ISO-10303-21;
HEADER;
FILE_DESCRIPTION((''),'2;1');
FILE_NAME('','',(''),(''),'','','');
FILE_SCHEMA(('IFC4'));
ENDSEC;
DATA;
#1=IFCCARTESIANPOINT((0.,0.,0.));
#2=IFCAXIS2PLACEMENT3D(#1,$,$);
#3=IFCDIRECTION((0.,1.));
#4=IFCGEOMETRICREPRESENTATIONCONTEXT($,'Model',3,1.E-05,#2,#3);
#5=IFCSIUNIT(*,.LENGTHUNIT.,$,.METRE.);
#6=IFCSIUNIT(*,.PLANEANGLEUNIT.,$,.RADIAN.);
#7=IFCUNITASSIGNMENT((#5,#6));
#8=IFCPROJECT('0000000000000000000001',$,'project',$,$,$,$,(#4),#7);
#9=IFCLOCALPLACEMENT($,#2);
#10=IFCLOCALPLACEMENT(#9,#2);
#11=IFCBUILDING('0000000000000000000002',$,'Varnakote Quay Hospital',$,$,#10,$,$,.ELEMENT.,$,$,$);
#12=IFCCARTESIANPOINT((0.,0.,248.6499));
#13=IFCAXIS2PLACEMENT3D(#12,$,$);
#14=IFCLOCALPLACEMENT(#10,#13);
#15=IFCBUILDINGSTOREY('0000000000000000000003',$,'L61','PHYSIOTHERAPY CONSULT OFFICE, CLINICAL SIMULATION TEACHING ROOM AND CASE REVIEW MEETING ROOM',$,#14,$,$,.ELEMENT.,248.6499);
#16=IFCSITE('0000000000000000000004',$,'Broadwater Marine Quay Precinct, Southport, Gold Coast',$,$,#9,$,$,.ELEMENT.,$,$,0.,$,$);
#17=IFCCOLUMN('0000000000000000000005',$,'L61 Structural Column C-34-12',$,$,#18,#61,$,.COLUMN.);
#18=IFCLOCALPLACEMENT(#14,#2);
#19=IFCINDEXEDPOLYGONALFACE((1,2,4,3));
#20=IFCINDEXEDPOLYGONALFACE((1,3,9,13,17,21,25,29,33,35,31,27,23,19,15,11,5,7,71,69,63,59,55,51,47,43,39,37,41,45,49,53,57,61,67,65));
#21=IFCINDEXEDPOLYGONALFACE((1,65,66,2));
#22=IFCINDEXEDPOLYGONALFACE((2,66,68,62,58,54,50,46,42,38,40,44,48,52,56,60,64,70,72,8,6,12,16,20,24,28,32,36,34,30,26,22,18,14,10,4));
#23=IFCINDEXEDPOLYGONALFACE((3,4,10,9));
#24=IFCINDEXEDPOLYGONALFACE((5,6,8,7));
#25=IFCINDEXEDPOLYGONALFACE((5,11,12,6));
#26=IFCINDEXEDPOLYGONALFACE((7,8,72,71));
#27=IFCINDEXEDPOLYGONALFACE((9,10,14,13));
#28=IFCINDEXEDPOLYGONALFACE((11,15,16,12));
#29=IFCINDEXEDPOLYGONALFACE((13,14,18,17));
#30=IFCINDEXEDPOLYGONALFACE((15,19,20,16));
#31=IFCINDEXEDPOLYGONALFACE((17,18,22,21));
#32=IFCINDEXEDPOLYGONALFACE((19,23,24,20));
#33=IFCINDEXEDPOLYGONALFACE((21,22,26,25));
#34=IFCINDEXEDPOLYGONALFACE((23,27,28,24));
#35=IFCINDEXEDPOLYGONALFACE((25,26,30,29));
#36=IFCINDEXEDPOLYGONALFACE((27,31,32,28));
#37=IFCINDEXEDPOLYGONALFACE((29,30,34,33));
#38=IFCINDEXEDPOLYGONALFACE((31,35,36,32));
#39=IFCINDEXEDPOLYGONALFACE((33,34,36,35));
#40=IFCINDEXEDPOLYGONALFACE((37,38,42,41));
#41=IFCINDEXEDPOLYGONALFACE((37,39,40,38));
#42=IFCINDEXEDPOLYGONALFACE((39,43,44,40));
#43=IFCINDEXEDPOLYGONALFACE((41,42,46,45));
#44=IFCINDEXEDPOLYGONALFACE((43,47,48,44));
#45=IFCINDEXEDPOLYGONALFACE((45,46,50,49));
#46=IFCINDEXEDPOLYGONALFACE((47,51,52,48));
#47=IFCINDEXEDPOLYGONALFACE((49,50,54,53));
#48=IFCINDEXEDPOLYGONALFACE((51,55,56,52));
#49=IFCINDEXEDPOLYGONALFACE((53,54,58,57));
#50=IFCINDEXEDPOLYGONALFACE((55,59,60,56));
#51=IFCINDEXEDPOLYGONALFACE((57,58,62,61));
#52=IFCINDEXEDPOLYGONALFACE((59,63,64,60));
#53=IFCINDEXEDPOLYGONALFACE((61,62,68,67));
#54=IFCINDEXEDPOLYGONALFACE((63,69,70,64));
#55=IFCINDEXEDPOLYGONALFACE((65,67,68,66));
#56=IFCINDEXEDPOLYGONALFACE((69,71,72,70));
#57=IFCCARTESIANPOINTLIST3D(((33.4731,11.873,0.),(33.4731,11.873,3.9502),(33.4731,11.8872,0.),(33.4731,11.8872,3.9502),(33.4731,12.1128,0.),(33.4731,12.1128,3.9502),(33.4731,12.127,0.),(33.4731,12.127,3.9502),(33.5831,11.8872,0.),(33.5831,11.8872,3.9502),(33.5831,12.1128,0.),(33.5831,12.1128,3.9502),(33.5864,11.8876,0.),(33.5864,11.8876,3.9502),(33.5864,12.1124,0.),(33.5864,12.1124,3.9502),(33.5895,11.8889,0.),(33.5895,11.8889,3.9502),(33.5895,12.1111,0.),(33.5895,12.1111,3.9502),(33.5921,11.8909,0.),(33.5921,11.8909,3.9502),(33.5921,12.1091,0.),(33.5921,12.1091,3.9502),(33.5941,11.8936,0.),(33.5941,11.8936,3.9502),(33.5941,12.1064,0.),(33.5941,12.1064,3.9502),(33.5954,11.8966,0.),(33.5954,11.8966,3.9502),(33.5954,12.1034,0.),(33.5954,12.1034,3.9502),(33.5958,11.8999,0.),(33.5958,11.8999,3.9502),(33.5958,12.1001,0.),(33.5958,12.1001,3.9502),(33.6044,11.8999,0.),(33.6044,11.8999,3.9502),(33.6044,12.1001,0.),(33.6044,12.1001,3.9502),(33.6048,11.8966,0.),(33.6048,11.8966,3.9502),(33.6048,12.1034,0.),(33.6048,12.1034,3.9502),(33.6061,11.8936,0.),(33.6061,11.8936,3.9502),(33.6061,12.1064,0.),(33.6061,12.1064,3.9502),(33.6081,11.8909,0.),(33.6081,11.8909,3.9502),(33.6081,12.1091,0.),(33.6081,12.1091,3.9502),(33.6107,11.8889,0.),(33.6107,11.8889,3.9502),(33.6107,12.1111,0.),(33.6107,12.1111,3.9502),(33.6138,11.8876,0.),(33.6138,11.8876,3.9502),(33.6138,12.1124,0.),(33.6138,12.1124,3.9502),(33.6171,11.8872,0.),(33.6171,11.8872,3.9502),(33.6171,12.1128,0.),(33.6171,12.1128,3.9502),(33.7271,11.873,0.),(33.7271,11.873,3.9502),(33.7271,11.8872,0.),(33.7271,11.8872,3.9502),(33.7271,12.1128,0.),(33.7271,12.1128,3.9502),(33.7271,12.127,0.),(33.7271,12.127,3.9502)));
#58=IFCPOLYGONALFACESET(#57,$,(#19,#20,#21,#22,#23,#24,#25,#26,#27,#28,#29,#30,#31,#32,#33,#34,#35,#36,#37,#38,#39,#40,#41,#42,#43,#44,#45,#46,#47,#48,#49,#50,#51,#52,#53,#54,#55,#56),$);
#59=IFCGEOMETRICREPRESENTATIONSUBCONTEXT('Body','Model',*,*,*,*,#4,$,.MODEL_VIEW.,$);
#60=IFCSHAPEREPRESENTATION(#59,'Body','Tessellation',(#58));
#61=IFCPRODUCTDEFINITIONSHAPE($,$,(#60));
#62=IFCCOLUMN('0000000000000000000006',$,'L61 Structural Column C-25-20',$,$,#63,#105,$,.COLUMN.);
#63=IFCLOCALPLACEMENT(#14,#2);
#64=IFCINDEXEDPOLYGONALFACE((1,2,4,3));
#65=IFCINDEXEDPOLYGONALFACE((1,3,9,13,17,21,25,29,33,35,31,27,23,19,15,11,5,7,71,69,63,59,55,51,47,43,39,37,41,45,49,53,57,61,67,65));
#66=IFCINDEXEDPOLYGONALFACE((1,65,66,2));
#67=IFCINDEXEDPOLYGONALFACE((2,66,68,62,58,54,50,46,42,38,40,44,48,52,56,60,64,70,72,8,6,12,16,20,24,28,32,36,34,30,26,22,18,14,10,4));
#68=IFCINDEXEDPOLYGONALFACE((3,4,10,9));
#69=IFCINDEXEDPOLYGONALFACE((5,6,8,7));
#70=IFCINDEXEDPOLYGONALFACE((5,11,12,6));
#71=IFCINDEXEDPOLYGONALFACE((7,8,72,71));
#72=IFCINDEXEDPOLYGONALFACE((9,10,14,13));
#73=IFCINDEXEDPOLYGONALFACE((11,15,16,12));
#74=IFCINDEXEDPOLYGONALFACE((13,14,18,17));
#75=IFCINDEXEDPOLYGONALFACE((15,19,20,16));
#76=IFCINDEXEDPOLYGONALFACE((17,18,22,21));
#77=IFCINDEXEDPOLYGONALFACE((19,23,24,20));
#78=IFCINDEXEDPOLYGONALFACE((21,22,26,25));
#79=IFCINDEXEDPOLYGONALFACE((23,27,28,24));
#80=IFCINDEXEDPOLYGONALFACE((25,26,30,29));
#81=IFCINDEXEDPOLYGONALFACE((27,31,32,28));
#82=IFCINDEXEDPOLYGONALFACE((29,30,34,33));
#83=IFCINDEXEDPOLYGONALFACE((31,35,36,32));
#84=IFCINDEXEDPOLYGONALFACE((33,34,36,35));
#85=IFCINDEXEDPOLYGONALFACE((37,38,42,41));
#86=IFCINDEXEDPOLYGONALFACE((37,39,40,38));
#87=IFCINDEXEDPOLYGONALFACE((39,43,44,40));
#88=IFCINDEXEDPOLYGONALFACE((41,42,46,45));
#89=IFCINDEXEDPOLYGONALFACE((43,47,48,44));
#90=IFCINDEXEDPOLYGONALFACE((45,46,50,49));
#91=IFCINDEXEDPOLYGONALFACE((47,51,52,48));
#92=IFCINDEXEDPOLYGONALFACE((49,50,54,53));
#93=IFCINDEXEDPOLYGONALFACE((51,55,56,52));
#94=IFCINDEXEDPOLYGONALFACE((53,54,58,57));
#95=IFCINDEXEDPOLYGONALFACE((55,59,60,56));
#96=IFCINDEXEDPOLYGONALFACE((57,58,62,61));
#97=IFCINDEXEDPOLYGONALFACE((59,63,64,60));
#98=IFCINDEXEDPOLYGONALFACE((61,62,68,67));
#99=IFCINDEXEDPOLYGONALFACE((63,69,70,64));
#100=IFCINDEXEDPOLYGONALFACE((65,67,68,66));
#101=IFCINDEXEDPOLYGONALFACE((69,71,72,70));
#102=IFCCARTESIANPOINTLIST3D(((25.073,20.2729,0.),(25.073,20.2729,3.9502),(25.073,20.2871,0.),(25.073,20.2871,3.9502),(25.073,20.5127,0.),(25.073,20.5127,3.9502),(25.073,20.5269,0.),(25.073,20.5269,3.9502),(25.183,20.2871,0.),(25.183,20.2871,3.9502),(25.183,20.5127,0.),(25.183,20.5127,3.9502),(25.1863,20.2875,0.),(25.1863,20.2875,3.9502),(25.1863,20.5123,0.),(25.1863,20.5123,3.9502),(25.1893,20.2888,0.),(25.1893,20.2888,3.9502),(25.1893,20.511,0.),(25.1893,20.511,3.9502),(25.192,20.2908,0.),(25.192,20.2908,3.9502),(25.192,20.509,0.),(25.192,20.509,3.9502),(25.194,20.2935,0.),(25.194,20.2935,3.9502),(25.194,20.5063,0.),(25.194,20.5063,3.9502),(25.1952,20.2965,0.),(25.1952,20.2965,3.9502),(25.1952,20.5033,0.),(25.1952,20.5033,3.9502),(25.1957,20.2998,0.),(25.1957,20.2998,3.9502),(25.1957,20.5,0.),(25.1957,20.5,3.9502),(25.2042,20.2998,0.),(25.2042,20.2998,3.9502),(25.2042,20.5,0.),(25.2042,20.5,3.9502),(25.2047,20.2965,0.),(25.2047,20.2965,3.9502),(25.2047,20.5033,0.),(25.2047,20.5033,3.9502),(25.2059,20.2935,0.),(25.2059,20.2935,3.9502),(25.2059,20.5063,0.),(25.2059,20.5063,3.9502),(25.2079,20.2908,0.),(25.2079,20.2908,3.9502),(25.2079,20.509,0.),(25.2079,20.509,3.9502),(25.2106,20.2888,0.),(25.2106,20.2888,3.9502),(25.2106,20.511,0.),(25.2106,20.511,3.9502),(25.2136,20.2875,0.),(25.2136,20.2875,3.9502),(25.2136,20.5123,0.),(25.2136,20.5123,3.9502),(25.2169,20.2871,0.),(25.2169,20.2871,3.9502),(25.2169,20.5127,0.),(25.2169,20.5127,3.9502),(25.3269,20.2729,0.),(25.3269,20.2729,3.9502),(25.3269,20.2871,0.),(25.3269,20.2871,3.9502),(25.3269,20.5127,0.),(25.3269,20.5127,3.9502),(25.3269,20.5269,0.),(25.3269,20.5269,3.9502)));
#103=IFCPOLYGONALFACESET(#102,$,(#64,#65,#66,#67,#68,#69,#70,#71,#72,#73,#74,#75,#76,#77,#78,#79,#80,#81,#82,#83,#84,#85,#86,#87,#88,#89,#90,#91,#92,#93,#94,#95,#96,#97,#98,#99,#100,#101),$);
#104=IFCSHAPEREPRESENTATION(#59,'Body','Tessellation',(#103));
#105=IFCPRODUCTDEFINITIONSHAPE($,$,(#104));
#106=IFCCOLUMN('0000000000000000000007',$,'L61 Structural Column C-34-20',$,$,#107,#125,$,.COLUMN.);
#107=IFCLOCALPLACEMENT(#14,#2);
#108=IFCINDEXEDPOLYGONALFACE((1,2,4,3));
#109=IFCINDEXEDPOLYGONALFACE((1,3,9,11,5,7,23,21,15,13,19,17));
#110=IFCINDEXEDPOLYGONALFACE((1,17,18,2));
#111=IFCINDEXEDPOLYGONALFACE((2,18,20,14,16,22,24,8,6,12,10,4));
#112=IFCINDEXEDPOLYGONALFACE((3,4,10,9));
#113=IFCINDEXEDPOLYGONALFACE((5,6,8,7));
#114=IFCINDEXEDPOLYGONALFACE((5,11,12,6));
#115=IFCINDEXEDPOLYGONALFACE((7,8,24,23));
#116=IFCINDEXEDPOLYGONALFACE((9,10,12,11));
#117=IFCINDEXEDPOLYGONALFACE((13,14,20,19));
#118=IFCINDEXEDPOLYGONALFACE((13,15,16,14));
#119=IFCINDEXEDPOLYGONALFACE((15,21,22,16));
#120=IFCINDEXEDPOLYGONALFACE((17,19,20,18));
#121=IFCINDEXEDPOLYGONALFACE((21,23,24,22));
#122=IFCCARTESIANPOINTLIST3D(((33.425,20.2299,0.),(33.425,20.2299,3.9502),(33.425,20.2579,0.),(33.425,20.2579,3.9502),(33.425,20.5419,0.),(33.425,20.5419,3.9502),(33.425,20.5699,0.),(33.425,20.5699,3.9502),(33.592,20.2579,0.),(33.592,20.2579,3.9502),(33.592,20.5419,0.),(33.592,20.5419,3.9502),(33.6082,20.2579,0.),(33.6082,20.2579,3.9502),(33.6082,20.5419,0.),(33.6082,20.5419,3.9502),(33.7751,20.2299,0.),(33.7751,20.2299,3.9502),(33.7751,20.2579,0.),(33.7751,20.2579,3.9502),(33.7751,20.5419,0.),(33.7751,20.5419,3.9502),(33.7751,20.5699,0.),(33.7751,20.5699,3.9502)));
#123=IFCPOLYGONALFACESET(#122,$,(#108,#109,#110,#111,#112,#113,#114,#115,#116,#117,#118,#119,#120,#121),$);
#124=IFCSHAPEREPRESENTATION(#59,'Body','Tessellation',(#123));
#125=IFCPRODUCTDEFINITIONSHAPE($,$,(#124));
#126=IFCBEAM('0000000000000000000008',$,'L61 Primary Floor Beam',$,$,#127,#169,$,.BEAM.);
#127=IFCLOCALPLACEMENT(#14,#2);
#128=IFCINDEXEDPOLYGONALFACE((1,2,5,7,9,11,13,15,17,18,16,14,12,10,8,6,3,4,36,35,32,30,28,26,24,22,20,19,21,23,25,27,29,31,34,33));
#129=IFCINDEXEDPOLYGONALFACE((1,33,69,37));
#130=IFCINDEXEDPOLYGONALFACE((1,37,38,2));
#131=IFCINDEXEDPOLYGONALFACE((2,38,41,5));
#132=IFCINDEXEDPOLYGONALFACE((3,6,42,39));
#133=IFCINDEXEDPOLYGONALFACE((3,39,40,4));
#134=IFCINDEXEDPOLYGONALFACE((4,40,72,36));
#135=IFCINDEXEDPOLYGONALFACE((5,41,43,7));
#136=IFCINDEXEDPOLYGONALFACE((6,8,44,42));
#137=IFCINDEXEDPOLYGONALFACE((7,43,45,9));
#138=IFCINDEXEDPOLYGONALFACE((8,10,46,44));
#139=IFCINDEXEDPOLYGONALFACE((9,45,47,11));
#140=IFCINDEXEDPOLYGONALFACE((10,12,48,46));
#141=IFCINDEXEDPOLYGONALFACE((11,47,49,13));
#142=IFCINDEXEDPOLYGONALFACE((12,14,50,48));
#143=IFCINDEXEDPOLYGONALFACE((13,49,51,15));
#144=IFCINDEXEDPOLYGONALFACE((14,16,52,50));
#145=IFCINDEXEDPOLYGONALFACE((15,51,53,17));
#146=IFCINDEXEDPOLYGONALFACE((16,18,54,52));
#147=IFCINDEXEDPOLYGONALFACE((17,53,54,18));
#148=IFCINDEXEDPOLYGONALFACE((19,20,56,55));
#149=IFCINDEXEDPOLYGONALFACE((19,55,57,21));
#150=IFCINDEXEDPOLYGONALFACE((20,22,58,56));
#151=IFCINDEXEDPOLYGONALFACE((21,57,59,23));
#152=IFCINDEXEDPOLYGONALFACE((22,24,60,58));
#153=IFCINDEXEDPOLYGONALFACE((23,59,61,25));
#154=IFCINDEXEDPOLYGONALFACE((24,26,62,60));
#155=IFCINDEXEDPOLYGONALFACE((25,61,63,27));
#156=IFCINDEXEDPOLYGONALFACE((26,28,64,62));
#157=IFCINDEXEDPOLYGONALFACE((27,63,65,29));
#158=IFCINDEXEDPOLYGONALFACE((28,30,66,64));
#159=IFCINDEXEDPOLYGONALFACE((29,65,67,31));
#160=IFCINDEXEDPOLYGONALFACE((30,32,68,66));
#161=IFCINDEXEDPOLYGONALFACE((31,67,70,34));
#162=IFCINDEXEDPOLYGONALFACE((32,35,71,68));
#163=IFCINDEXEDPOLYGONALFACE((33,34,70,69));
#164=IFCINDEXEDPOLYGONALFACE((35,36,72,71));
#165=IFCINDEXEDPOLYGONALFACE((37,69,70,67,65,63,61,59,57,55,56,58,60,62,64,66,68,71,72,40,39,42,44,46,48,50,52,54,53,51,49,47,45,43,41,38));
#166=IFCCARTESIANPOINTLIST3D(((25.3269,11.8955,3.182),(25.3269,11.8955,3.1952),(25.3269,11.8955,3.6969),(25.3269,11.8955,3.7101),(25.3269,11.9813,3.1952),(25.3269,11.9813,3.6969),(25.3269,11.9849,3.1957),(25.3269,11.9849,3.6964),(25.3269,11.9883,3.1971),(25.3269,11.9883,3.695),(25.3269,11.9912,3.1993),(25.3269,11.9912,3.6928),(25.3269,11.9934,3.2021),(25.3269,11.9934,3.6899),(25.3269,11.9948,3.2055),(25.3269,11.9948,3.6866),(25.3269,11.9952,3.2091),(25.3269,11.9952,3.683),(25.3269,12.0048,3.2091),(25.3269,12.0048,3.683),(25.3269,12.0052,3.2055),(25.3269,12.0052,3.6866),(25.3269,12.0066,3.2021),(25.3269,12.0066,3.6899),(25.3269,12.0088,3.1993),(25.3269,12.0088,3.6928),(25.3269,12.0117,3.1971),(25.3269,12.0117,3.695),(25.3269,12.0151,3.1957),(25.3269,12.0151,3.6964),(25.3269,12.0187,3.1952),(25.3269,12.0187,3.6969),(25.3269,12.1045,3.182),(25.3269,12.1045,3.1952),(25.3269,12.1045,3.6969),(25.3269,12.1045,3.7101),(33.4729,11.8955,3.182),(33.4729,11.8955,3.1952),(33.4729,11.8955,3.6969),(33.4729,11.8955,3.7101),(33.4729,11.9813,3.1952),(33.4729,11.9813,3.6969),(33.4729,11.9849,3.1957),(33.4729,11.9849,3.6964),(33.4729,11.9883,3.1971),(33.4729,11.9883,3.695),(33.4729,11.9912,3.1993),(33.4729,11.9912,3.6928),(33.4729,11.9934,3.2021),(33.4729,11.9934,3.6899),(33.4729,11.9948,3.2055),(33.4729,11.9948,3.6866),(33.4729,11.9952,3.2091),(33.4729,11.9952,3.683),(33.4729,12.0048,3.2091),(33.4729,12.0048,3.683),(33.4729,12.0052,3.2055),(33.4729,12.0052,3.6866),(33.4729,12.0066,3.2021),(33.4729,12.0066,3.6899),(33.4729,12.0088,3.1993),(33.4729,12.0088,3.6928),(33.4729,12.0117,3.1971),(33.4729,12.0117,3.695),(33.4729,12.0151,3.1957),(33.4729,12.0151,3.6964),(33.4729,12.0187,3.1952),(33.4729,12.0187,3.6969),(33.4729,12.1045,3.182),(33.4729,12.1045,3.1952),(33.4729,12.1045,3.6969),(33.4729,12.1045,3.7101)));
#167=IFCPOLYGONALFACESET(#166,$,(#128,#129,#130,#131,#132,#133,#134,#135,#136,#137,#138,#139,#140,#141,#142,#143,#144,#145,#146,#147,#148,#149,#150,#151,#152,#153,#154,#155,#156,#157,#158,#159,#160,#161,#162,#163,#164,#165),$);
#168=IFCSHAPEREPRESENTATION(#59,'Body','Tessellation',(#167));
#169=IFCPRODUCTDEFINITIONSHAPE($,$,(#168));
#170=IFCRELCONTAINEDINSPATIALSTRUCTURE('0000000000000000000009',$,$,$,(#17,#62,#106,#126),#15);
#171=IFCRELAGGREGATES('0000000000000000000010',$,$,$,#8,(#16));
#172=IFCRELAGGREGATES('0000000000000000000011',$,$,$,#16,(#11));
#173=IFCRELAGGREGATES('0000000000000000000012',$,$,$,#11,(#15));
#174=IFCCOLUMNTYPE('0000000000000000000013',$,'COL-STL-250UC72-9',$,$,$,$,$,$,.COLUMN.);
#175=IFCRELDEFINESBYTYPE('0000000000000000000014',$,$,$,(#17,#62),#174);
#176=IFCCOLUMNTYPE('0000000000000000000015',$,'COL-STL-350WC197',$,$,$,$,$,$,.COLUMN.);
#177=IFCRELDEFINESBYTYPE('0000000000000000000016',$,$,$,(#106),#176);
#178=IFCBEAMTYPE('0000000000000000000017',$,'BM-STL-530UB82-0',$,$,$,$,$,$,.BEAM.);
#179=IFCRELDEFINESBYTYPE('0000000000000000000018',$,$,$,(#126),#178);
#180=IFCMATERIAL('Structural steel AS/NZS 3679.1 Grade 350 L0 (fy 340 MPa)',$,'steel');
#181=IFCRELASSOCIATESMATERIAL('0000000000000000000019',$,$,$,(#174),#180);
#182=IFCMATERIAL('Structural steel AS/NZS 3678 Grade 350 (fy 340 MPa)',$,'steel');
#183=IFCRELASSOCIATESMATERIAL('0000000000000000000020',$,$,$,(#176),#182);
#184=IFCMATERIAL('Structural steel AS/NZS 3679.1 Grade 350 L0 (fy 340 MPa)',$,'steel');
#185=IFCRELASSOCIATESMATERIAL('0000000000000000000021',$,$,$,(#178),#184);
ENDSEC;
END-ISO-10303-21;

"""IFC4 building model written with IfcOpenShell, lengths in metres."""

from ifc_helpers import new_model, si_unit, direction, frame, origin, origin_2d, place, context, subcontext, project, spatial, i_section, extrude, material, material_profile, profile_set, type_object, element, save


model = new_model("IFC4")

# Units and contexts
model_context = context("Model", 3, precision=1e-05, world=origin(), true_north=direction((0.0, 1.0)))
body_context = subcontext(model_context, "Body", "Model", "MODEL_VIEW")
ifc_project = project(units=[si_unit("LENGTHUNIT", "METRE"), si_unit("PLANEANGLEUNIT", "RADIAN")], contexts=[model_context])

# Site, building, storey
site_placement = place(None, origin())
site = spatial("IfcSite", under=ifc_project, at=site_placement, Name="Broadwater Marine Quay Precinct, Southport, Gold Coast", CompositionType="ELEMENT", RefElevation=0.0)
building_placement = place(site_placement, origin())
building = spatial("IfcBuilding", under=site, at=building_placement, Name="Varnakote Quay Hospital", CompositionType="ELEMENT")
storey_placement = place(building_placement, frame((0.0, 0.0, 248.6499)))
storey = spatial("IfcBuildingStorey", under=building, at=storey_placement, Name="L61", Description="PHYSIOTHERAPY CONSULT OFFICE, CLINICAL SIMULATION TEACHING ROOM AND CASE REVIEW MEETING ROOM", CompositionType="ELEMENT", Elevation=248.6499)

# Columns
ifc_material_1 = material(Name="Structural steel AS/NZS 3679.1 Grade 350 L0 (fy 340 MPa)", Category="steel")
ifc_material_profile_1 = material_profile(ifc_material_1, i_section(OverallWidth=0.2539, OverallDepth=0.2539, WebThickness=0.0085, FlangeThickness=0.0142, FilletRadius=0.0127, at=origin_2d()), Name="250UC72.9")
ifc_profile_set_1 = profile_set([ifc_material_profile_1], Name="Structural steel AS/NZS 3679.1 Grade 350 L0 (fy 340 MPa)")
column_type_1 = type_object("IfcColumnType", Name="COL-STL-250UC72-9", PredefinedType="COLUMN", material=ifc_profile_set_1)
for number, where, z_axis, x_axis, name in (
    (1, (33.6001, 12.0, 0.0), (0.0, 0.0, 1.0), (1.0, 0.0, 0.0), "L61 Structural Column C-34-12"),
    (2, (25.2, 20.3999, 0.0), (0.0, 0.0, 1.0), (1.0, 0.0, 0.0), "L61 Structural Column C-25-20"),
):
    element("IfcColumn", number, at=place(storey_placement, frame(where, z_axis=z_axis, x_axis=x_axis)), inside=storey, type_object=column_type_1, Name=name, PredefinedType="COLUMN", context=body_context, shape_type="SweptSolid", body=[
        extrude(i_section(OverallWidth=0.2539, OverallDepth=0.2539, WebThickness=0.0085, FlangeThickness=0.0142, FilletRadius=0.0127, at=origin_2d()), origin(), (0.0, 0.0, 1.0), 3.9502),
    ])
ifc_material_2 = material(Name="Structural steel AS/NZS 3678 Grade 350 (fy 340 MPa)", Category="steel")
ifc_material_profile_2 = material_profile(ifc_material_2, i_section(OverallWidth=0.3501, OverallDepth=0.3401, WebThickness=0.0161, FlangeThickness=0.0281, at=origin_2d()), Name="350WC197")
ifc_profile_set_2 = profile_set([ifc_material_profile_2], Name="Structural steel AS/NZS 3678 Grade 350 (fy 340 MPa)")
column_type_2 = type_object("IfcColumnType", Name="COL-STL-350WC197", PredefinedType="COLUMN", material=ifc_profile_set_2)
column_placement = place(storey_placement, frame((33.6001, 20.3999, 0.0), z_axis=(0.0, 0.0, 1.0), x_axis=(1.0, 0.0, 0.0)))
element("IfcColumn", 3, at=column_placement, inside=storey, type_object=column_type_2, Name="L61 Structural Column C-34-20", PredefinedType="COLUMN", context=body_context, shape_type="SweptSolid", body=[
    extrude(i_section(OverallWidth=0.3501, OverallDepth=0.3401, WebThickness=0.0161, FlangeThickness=0.0281, at=origin_2d()), origin(), (0.0, 0.0, 1.0), 3.9502),
])

# Beam
ifc_material_3 = material(Name="Structural steel AS/NZS 3679.1 Grade 350 L0 (fy 340 MPa)", Category="steel")
ifc_material_profile_3 = material_profile(ifc_material_3, i_section(OverallWidth=0.209, OverallDepth=0.5281, WebThickness=0.0095, FlangeThickness=0.0132, FilletRadius=0.0139, at=origin_2d()), Name="530UB82.0")
ifc_profile_set_3 = profile_set([ifc_material_profile_3], Name="Structural steel AS/NZS 3679.1 Grade 350 L0 (fy 340 MPa)")
beam_type_1 = type_object("IfcBeamType", Name="BM-STL-530UB82-0", PredefinedType="BEAM", material=ifc_profile_set_3)
beam_1_placement = place(storey_placement, frame((25.3269, 12.0, 3.446), z_axis=(1.0, 0.0, 0.0), x_axis=(0.0, 1.0, 0.0)))
element("IfcBeam", 4, at=beam_1_placement, inside=storey, type_object=beam_type_1, Name="L61 Primary Floor Beam", PredefinedType="BEAM", context=body_context, shape_type="SweptSolid", body=[
    extrude(i_section(OverallWidth=0.209, OverallDepth=0.5281, WebThickness=0.0095, FlangeThickness=0.0132, FilletRadius=0.0139, at=origin_2d()), origin(), (0.0, 0.0, 1.0), 8.146),
])

save(model, "model.ifc")
